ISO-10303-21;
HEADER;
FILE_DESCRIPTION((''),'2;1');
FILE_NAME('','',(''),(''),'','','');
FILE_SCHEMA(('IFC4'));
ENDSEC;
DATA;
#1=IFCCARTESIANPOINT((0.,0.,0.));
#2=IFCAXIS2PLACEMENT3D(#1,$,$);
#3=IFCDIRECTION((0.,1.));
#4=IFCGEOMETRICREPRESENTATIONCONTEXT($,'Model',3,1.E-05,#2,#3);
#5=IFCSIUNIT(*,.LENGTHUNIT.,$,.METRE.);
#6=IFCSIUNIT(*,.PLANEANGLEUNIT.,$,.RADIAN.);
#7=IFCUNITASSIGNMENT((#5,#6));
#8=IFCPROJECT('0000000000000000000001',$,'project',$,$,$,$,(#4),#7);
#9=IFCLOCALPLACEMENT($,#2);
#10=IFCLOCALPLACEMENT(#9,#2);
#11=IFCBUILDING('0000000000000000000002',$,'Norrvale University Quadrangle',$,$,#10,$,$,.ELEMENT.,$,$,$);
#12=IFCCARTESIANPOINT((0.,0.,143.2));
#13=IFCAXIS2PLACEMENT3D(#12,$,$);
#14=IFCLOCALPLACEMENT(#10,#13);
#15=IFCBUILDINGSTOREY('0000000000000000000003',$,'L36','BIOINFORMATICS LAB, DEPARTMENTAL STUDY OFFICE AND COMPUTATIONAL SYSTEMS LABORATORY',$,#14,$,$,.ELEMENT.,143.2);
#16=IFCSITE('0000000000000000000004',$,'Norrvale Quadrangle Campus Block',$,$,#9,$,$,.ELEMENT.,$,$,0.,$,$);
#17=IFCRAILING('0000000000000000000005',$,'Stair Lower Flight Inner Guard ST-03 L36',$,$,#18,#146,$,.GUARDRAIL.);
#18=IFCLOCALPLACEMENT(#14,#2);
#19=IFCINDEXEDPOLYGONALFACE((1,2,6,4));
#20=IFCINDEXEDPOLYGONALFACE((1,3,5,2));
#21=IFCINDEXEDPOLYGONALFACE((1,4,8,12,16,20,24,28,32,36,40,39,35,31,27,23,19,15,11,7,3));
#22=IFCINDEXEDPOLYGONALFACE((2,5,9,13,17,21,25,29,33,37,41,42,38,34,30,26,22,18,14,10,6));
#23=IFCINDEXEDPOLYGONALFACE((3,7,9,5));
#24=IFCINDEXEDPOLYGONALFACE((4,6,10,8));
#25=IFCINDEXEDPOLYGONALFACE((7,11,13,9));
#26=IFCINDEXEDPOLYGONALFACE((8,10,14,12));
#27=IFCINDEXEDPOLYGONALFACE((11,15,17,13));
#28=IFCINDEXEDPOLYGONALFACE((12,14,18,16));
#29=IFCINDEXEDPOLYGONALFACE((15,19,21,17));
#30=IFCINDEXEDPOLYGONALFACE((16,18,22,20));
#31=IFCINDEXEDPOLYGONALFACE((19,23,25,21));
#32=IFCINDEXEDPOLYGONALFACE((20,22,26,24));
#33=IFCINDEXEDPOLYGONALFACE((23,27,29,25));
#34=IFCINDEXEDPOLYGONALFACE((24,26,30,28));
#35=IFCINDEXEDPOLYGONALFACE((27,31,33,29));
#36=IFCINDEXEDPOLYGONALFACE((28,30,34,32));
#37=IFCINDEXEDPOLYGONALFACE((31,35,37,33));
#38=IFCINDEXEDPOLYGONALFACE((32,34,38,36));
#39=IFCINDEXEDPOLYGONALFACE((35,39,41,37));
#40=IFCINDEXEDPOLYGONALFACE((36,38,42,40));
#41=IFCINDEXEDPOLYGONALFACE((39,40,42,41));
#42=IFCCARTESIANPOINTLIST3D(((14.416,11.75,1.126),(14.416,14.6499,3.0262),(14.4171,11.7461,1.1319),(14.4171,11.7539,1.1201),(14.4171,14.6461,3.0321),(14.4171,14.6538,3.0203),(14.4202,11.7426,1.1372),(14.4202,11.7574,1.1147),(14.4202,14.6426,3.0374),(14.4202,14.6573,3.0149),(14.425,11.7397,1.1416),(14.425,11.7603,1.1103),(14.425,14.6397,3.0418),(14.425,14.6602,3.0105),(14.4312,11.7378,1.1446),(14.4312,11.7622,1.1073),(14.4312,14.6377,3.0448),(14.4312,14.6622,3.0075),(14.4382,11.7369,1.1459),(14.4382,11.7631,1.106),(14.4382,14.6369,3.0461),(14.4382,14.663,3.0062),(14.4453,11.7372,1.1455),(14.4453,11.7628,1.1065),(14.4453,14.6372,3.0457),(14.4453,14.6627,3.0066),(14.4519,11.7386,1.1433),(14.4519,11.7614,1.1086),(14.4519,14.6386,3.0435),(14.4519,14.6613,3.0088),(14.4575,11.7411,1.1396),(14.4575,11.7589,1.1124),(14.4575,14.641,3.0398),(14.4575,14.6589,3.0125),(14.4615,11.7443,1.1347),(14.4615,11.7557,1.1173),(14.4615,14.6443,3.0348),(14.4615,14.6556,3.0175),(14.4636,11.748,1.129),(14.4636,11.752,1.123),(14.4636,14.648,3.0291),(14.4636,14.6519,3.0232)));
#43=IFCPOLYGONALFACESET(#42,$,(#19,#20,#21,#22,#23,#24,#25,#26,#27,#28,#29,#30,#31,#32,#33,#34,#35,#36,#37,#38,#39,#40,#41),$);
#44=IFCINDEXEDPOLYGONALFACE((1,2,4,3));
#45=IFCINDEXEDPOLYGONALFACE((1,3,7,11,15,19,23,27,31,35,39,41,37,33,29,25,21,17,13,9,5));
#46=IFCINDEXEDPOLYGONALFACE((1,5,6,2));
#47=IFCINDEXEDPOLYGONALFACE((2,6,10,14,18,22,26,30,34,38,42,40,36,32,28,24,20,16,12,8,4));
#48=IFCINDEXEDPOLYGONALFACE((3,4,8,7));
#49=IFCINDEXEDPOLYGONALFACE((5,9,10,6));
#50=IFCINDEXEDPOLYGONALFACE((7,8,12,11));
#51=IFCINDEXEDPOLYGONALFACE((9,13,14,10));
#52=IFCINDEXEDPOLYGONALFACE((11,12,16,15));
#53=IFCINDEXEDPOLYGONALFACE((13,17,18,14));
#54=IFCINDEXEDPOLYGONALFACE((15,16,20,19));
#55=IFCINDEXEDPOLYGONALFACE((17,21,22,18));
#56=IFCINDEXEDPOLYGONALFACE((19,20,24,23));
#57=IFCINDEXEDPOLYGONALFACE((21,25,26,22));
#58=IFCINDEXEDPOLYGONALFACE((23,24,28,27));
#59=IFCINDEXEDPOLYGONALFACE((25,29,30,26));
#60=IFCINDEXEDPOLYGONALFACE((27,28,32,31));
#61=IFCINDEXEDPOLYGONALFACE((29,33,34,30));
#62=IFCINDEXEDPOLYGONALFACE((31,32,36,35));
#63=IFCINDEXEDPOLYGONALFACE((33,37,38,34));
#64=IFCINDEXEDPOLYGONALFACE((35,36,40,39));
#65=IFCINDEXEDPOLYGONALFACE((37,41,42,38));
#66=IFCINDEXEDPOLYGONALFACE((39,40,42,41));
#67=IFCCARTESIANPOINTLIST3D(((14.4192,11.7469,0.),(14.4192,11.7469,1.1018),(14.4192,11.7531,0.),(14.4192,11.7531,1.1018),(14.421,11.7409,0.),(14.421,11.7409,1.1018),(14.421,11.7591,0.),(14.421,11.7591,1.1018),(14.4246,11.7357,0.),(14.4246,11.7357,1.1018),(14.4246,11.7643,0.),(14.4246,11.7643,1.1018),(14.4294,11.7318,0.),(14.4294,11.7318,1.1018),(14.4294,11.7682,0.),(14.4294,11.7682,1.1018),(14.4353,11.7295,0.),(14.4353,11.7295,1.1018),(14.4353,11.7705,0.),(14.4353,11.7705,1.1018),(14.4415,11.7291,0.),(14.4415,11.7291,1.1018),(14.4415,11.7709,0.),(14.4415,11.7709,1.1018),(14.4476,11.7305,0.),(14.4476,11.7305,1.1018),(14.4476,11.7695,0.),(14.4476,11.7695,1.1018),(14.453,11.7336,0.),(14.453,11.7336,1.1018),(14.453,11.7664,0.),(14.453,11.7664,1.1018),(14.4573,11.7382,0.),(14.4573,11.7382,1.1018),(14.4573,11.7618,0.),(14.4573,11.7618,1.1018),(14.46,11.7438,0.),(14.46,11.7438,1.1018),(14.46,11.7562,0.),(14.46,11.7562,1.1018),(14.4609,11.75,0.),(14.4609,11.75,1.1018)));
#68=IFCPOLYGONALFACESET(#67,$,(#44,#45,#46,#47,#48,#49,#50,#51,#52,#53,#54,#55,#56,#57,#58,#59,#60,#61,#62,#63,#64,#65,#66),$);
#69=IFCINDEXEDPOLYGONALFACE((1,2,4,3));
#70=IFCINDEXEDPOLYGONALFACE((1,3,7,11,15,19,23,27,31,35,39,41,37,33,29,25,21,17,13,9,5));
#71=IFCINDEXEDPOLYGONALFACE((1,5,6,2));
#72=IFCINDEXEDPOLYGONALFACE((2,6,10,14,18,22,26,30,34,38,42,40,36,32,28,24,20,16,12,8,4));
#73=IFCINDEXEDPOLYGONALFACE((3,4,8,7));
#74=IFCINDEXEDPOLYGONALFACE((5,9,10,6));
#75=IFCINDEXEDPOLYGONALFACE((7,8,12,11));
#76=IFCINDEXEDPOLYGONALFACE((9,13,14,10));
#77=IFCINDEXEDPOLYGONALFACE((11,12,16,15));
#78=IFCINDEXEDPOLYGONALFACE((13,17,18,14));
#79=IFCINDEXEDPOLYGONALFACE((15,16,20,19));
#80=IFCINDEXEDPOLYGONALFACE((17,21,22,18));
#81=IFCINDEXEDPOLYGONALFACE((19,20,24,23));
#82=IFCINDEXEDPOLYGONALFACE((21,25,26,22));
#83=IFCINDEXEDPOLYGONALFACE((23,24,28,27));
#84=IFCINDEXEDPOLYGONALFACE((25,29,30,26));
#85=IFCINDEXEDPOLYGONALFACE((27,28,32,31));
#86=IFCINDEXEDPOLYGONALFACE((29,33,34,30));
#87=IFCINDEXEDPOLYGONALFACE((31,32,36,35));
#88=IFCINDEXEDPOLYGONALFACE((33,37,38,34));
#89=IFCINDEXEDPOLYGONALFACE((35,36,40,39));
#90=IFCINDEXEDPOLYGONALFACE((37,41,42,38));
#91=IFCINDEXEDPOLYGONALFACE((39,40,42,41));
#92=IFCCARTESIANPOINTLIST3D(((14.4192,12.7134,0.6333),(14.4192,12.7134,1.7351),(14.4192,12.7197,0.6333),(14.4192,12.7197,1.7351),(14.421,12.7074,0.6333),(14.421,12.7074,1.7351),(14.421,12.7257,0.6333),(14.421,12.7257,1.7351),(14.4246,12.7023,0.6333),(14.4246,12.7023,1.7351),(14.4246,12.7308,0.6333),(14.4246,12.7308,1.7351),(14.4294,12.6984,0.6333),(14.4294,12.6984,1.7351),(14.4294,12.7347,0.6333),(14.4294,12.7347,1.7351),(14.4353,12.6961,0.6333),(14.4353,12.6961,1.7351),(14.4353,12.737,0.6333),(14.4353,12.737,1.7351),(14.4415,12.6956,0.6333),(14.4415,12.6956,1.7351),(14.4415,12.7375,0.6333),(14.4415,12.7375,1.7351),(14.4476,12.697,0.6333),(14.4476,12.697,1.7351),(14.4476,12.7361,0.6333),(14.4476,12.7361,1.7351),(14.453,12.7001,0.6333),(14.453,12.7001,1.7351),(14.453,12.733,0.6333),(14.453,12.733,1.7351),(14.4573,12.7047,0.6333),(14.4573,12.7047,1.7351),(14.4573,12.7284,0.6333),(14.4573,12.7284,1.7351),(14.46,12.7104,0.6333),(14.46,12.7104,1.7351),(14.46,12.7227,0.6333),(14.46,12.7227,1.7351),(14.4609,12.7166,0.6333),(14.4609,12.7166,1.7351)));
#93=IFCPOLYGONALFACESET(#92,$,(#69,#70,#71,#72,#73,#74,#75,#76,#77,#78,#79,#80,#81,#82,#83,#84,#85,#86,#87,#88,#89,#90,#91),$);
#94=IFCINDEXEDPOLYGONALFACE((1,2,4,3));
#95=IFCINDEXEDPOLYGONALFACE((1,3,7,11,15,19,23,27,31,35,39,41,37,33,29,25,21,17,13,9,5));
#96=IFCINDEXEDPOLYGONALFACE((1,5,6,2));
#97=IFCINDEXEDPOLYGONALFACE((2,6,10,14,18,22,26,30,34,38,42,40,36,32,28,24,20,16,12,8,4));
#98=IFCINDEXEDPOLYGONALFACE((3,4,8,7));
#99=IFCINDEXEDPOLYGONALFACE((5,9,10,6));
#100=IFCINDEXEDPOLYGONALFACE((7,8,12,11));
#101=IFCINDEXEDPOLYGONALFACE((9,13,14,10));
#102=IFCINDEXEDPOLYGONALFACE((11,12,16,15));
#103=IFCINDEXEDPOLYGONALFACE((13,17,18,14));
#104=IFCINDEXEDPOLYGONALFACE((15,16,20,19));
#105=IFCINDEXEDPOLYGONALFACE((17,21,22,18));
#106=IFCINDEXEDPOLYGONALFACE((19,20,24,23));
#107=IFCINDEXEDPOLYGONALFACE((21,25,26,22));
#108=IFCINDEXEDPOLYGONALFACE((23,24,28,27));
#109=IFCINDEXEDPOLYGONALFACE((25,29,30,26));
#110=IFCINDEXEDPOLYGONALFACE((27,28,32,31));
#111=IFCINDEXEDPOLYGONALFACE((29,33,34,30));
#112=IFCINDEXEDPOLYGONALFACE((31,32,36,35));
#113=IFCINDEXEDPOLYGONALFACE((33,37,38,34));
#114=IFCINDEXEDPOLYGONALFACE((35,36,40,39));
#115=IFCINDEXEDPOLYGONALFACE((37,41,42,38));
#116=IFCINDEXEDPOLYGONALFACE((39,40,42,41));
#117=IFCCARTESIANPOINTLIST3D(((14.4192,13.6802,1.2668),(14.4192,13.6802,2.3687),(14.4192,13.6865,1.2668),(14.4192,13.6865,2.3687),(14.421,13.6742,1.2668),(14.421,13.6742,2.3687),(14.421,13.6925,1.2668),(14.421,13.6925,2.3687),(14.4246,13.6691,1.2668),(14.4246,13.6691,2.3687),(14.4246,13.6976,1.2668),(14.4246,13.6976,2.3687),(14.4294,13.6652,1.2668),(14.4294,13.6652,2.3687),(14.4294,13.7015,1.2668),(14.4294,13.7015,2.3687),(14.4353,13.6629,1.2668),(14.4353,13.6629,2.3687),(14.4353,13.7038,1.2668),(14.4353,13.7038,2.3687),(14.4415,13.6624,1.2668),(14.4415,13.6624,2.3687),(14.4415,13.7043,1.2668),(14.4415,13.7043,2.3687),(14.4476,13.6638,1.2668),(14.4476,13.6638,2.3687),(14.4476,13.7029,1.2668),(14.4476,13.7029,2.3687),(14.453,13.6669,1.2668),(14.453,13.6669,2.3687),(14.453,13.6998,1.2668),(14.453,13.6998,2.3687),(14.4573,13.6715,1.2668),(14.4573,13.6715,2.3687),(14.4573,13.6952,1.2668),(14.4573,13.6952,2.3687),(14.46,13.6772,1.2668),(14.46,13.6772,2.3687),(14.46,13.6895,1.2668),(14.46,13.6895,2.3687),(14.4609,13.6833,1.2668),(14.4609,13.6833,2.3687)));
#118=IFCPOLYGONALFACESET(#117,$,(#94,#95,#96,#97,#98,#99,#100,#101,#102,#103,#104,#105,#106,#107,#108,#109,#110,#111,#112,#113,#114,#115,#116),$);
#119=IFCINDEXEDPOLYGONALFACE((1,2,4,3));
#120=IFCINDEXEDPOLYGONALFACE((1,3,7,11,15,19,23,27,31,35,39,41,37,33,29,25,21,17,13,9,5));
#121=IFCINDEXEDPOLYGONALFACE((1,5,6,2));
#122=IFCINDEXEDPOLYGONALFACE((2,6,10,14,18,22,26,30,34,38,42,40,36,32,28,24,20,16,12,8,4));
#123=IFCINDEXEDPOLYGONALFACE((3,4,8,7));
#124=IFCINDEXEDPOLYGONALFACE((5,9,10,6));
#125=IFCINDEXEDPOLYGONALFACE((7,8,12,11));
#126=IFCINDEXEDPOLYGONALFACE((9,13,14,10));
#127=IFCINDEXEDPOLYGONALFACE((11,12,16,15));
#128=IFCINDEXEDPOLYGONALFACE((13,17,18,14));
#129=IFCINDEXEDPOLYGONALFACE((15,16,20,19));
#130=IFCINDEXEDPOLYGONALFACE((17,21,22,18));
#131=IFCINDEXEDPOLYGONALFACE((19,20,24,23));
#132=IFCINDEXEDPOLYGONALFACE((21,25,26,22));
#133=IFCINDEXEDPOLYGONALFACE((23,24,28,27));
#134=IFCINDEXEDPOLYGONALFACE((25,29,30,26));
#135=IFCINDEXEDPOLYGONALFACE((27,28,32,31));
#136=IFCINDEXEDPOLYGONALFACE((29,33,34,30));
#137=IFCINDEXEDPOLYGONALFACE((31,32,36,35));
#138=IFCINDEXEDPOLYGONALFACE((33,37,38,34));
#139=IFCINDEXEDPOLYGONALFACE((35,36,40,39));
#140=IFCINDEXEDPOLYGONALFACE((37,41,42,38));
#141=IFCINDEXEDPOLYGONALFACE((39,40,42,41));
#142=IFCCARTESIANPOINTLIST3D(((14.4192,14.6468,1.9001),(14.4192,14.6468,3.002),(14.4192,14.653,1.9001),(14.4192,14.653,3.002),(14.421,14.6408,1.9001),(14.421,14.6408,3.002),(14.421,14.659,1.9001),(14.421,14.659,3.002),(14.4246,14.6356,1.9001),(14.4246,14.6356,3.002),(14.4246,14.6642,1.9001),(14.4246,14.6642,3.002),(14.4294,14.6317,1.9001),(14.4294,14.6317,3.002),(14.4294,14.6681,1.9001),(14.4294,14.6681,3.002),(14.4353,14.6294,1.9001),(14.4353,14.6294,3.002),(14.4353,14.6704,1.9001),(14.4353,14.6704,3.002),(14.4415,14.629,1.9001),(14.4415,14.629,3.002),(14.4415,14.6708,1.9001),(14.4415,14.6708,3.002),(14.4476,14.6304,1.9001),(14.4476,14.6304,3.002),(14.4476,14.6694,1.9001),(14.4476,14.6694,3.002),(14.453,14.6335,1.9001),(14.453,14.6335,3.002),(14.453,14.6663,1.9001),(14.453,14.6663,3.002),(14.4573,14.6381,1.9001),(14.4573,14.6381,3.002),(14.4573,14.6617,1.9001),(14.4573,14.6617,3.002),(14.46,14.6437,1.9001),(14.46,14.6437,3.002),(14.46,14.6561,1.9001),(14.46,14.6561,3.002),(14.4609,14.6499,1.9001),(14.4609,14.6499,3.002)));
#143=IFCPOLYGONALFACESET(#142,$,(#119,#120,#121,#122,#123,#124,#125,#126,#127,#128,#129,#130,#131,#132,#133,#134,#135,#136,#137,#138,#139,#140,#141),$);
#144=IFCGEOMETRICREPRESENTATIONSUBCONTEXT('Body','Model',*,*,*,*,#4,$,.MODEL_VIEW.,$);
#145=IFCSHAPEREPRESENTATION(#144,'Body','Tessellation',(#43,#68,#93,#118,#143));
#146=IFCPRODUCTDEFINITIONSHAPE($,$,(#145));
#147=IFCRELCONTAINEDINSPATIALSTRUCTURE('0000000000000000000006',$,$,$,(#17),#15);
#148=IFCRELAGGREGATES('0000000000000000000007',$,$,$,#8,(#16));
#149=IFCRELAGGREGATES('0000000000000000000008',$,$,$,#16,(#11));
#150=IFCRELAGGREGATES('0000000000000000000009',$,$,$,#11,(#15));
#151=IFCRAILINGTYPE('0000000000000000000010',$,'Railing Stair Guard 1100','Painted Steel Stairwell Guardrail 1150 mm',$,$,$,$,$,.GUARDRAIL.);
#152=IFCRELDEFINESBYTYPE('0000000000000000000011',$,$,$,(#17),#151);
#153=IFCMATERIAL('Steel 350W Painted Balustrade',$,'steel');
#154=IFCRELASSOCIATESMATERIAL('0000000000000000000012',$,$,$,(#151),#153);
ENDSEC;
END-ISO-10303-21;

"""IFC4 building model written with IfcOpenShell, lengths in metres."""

from ifc_helpers import new_model, si_unit, direction, frame, origin, origin_2d, place, context, subcontext, project, spatial, circle, extrude, material, type_object, element, save


model = new_model("IFC4")

# Units and contexts
model_context = context("Model", 3, precision=1e-05, world=origin(), true_north=direction((0.0, 1.0)))
body_context = subcontext(model_context, "Body", "Model", "MODEL_VIEW")
ifc_project = project(units=[si_unit("LENGTHUNIT", "METRE"), si_unit("PLANEANGLEUNIT", "RADIAN")], contexts=[model_context])

# Site, building, storey
site_placement = place(None, origin())
site = spatial("IfcSite", under=ifc_project, at=site_placement, Name="Norrvale Quadrangle Campus Block", CompositionType="ELEMENT", RefElevation=0.0)
building_placement = place(site_placement, origin())
building = spatial("IfcBuilding", under=site, at=building_placement, Name="Norrvale University Quadrangle", CompositionType="ELEMENT")
storey_placement = place(building_placement, frame((0.0, 0.0, 143.2)))
storey = spatial("IfcBuildingStorey", under=building, at=storey_placement, Name="L36", Description="BIOINFORMATICS LAB, DEPARTMENTAL STUDY OFFICE AND COMPUTATIONAL SYSTEMS LABORATORY", CompositionType="ELEMENT", Elevation=143.2)

# Railing
ifc_material_1 = material(Name="Steel 350W Painted Balustrade", Category="steel")
railing_type_1 = type_object("IfcRailingType", Name="Railing Stair Guard 1100", Description="Painted Steel Stairwell Guardrail 1150 mm", PredefinedType="GUARDRAIL", material=ifc_material_1)
railing_1_placement = place(storey_placement, frame((14.4399, 11.75, 0.0)))
element("IfcRailing", 1, at=railing_1_placement, inside=storey, type_object=railing_type_1, Name="Stair Lower Flight Inner Guard ST-03 L36", PredefinedType="GUARDRAIL", context=body_context, shape_type="SweptSolid", body=[
    extrude(circle(Radius=0.0239, at=origin_2d()), frame((0.0, 0.0, 1.126), z_axis=(0.0, 0.836433, 0.548069), x_axis=(-1.0, 0.0, 0.0)), (0.0, 0.0, 1.0), 3.467),
    extrude(circle(Radius=0.021, at=origin_2d()), origin(), (0.0, 0.0, 1.0), 1.1018),
    extrude(circle(Radius=0.021, at=origin_2d()), frame((0.0, 0.9666, 0.6333)), (0.0, 0.0, 1.0), 1.1018),
    extrude(circle(Radius=0.021, at=origin_2d()), frame((0.0, 1.9333, 1.2668)), (0.0, 0.0, 1.0), 1.1018),
    extrude(circle(Radius=0.021, at=origin_2d()), frame((0.0, 2.8999, 1.9001)), (0.0, 0.0, 1.0), 1.1018),
])

save(model, "model.ifc")
